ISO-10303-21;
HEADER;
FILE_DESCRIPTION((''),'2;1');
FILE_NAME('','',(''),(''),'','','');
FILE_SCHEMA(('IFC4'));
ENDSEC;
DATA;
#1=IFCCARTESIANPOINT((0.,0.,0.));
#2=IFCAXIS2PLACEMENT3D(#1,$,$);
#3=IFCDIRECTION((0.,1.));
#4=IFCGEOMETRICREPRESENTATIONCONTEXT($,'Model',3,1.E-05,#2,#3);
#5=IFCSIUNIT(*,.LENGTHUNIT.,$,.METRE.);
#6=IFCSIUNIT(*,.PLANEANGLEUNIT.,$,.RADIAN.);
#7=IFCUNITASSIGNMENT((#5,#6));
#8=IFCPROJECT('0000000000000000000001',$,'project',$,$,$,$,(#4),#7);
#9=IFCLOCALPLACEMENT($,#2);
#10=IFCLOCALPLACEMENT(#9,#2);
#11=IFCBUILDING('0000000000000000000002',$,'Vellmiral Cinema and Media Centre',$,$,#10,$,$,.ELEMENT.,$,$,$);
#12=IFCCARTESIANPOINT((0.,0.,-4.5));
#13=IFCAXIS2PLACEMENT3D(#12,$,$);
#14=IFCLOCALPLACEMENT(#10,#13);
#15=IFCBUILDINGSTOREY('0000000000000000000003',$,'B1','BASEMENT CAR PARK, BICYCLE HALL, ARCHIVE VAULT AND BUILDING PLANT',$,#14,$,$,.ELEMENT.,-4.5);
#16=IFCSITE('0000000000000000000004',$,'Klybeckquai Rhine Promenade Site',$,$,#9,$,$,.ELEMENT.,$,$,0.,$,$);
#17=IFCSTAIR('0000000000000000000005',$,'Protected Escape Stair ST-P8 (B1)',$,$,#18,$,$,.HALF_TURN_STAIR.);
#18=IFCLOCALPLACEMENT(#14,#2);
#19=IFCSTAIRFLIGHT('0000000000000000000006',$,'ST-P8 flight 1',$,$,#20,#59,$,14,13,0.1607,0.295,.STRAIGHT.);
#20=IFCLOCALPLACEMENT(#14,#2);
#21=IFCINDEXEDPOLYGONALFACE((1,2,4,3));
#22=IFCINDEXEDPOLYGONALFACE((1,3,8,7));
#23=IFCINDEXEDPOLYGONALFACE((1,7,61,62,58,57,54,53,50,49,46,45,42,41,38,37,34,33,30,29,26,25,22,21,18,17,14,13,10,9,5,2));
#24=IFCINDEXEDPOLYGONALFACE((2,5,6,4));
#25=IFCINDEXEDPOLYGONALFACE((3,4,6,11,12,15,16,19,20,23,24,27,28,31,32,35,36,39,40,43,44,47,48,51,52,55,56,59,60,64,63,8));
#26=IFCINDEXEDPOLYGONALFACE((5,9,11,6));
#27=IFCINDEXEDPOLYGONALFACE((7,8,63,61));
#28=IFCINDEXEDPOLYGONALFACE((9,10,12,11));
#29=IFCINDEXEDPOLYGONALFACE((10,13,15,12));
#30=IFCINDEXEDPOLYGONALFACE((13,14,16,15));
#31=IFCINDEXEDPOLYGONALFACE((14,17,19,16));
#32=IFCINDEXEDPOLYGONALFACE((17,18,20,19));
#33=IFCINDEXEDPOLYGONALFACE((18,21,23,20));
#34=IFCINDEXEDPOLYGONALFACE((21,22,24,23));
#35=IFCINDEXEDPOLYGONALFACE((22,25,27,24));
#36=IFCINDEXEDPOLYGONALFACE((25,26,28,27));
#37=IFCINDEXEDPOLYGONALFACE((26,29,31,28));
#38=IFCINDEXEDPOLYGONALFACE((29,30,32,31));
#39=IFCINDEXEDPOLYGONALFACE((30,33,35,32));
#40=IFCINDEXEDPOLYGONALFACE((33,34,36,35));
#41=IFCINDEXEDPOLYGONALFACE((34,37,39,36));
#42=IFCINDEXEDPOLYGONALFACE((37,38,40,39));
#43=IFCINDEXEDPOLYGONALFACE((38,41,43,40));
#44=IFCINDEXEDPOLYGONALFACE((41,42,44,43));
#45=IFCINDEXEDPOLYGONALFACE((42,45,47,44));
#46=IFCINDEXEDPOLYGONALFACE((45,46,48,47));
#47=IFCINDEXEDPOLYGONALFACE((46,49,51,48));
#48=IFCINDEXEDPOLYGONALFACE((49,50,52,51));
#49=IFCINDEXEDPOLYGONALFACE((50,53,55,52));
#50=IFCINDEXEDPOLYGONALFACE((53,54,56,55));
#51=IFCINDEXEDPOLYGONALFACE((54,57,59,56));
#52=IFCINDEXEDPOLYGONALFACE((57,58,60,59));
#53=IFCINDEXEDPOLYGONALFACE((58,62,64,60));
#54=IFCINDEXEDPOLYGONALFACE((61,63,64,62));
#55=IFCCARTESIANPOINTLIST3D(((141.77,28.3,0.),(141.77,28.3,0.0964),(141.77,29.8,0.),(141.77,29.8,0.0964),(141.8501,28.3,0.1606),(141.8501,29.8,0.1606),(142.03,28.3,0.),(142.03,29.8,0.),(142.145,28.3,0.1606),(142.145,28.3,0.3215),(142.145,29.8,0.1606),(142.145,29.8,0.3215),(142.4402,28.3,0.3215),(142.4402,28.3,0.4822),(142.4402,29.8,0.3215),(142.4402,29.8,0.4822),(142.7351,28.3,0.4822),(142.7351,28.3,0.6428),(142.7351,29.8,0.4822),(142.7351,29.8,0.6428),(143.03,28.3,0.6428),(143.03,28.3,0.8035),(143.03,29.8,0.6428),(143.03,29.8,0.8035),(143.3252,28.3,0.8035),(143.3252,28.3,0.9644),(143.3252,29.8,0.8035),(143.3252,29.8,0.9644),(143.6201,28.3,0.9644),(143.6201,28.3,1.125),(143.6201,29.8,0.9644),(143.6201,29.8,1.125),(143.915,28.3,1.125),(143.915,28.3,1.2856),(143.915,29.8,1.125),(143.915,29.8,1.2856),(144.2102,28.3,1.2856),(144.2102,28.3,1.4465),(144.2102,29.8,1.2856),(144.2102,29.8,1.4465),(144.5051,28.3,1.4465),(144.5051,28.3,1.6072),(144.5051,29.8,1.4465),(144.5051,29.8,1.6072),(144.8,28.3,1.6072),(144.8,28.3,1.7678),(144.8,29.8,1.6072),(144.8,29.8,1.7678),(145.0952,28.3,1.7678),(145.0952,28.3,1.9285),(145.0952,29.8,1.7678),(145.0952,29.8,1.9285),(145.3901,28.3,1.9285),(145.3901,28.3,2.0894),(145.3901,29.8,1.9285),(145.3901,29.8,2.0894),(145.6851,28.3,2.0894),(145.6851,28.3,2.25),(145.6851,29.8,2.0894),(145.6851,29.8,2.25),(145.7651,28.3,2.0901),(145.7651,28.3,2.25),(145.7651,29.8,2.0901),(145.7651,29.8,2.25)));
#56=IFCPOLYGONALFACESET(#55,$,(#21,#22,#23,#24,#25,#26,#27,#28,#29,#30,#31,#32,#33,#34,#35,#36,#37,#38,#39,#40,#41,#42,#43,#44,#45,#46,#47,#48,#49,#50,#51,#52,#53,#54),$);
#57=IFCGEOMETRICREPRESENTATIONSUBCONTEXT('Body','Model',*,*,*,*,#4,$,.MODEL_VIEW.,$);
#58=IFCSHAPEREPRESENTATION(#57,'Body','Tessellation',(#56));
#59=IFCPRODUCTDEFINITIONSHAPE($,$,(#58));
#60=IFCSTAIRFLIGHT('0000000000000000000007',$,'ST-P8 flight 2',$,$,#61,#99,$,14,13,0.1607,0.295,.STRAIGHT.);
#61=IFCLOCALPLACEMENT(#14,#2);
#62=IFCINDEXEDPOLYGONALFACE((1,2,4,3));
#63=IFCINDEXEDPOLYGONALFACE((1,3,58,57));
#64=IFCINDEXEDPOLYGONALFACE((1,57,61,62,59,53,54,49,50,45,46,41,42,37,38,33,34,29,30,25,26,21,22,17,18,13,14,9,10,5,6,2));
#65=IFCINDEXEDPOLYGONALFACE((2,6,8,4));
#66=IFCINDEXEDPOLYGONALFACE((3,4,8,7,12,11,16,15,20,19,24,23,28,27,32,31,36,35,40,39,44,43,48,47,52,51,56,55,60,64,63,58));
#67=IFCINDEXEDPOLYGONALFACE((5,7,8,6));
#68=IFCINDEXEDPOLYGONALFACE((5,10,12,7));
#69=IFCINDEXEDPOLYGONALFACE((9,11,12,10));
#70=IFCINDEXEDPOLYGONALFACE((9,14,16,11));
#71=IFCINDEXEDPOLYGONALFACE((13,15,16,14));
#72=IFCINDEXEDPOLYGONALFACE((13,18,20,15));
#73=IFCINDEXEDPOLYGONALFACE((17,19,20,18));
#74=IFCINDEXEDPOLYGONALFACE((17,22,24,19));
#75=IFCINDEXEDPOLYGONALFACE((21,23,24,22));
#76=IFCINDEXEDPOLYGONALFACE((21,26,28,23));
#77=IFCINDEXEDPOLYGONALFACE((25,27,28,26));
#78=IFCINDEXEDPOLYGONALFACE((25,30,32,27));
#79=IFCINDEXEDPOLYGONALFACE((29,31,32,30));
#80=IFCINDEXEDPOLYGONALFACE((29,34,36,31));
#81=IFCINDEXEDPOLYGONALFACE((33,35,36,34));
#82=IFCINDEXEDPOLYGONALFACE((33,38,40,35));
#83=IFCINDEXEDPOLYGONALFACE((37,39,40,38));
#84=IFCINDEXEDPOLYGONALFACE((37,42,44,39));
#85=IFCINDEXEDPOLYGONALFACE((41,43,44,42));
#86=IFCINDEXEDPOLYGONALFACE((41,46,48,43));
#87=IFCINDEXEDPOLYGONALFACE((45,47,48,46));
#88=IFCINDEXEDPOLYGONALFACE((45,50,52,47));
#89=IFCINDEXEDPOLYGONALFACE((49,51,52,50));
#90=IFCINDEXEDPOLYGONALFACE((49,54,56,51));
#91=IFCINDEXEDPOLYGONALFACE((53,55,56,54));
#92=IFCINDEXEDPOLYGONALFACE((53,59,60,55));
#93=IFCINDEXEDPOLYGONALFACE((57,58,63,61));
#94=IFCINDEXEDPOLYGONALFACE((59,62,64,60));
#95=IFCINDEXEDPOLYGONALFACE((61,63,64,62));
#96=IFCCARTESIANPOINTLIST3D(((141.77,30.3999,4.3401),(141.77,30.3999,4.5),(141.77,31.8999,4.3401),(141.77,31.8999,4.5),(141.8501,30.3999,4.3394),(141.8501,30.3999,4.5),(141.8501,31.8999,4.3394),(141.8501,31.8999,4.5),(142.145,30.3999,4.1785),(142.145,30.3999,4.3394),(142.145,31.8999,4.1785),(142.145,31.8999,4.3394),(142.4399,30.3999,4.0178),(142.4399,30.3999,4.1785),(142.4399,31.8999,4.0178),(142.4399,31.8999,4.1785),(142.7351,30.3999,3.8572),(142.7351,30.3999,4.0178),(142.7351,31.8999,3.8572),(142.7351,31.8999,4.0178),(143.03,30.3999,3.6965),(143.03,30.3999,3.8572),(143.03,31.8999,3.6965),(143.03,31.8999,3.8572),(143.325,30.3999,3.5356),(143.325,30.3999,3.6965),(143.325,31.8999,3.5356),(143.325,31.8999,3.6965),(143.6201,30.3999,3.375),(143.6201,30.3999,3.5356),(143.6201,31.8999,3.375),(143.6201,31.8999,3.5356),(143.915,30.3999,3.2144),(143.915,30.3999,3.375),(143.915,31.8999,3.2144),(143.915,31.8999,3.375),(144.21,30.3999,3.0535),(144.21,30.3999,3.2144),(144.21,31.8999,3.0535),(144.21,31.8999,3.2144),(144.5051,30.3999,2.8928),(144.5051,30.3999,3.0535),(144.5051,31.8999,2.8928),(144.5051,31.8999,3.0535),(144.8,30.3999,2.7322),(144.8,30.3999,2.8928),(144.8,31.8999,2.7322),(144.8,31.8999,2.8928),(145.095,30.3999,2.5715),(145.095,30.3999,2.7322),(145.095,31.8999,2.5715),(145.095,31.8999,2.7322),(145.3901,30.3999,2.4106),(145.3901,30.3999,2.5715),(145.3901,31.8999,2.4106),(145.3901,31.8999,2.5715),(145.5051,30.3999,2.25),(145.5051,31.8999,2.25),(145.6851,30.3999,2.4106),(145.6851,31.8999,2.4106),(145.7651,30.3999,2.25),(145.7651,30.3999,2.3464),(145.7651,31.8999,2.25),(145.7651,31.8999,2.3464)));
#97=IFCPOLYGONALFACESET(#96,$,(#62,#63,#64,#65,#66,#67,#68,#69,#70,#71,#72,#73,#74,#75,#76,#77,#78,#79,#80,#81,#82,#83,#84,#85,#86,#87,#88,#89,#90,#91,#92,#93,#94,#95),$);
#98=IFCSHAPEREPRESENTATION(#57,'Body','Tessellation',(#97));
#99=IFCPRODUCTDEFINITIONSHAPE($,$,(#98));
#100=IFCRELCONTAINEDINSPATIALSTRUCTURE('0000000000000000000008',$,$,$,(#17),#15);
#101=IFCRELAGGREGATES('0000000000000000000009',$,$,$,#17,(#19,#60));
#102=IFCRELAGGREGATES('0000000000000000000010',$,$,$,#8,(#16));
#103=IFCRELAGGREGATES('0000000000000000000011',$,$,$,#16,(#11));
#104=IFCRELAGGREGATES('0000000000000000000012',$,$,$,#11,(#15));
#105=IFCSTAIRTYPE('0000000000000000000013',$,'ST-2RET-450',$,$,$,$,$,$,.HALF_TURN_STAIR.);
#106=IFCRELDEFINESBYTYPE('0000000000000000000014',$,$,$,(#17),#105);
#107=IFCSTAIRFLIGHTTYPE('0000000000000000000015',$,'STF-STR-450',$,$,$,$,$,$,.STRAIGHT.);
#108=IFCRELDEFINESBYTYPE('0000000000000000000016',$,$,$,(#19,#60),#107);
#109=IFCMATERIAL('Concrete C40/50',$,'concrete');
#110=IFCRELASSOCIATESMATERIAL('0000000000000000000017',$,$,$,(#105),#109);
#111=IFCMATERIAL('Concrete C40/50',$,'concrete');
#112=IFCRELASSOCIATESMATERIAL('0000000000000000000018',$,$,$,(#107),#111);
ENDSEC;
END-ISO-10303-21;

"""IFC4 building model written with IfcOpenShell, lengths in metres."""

from ifc_helpers import new_model, si_unit, direction, frame, origin, place, context, subcontext, project, spatial, polyline, outline, extrude, material, type_object, element, aggregate, save


model = new_model("IFC4")

# Units and contexts
model_context = context("Model", 3, precision=1e-05, world=origin(), true_north=direction((0.0, 1.0)))
body_context = subcontext(model_context, "Body", "Model", "MODEL_VIEW")
ifc_project = project(units=[si_unit("LENGTHUNIT", "METRE"), si_unit("PLANEANGLEUNIT", "RADIAN")], contexts=[model_context])

# Site, building, storey
site_placement = place(None, origin())
site = spatial("IfcSite", under=ifc_project, at=site_placement, Name="Klybeckquai Rhine Promenade Site", CompositionType="ELEMENT", RefElevation=0.0)
building_placement = place(site_placement, origin())
building = spatial("IfcBuilding", under=site, at=building_placement, Name="Vellmiral Cinema and Media Centre", CompositionType="ELEMENT")
storey_placement = place(building_placement, frame((0.0, 0.0, -4.5)))
storey = spatial("IfcBuildingStorey", under=building, at=storey_placement, Name="B1", Description="BASEMENT CAR PARK, BICYCLE HALL, ARCHIVE VAULT AND BUILDING PLANT", CompositionType="ELEMENT", Elevation=-4.5)

# Stair, stair flights
ifc_material_1 = material(Name="Concrete C40/50", Category="concrete")
stair_type = type_object("IfcStairType", Name="ST-2RET-450", PredefinedType="HALF_TURN_STAIR", material=ifc_material_1)
stair_placement = place(storey_placement, origin())
stair = element("IfcStair", 1, at=stair_placement, inside=storey, type_object=stair_type, Name="Protected Escape Stair ST-P8 (B1)", PredefinedType="HALF_TURN_STAIR")
ifc_material_2 = material(Name="Concrete C40/50", Category="concrete")
stair_flight_type = type_object("IfcStairFlightType", Name="STF-STR-450", PredefinedType="STRAIGHT", material=ifc_material_2)
stair_flight_1_placement = place(storey_placement, frame((141.8501, 29.05, 0.0), z_axis=(0.0, 0.0, 1.0), x_axis=(1.0, 0.0, 0.0)))
stair_flight_1 = element("IfcStairFlight", 2, at=stair_flight_1_placement, type_object=stair_flight_type, Name="ST-P8 flight 1", NumberOfRisers=14, NumberOfTreads=13, PredefinedType="STRAIGHT", RiserHeight=0.1607, TreadLength=0.295, context=body_context, shape_type="SweptSolid", body=[
    extrude(outline(polyline([(-0.0801, 0.0), (-0.0801, 0.0964), (0.0, 0.1606), (0.2949, 0.1606), (0.2949, 0.3215), (0.5901, 0.3215), (0.5901, 0.4822), (0.885, 0.4822), (0.885, 0.6428), (1.1799, 0.6428), (1.1799, 0.8035), (1.4751, 0.8035), (1.4751, 0.9644), (1.77, 0.9644), (1.77, 1.125), (2.0649, 1.125), (2.0649, 1.2856), (2.3601, 1.2856), (2.3601, 1.4465), (2.655, 1.4465), (2.655, 1.6072), (2.95, 1.6072), (2.95, 1.7678), (3.2451, 1.7678), (3.2451, 1.9285), (3.54, 1.9285), (3.54, 2.0894), (3.835, 2.0894), (3.835, 2.25), (3.915, 2.25), (3.915, 2.0901), (0.1799, 0.0), (-0.0801, 0.0)])), frame((0.0, 0.75, 0.0), z_axis=(0.0, -1.0, 0.0), x_axis=(1.0, 0.0, 0.0)), (0.0, 0.0, 1.0), 1.5),
])
stair_flight_2_placement = place(storey_placement, frame((145.6851, 31.1499, 2.25), z_axis=(0.0, 0.0, 1.0), x_axis=(-1.0, 0.0, 0.0)))
stair_flight_2 = element("IfcStairFlight", 3, at=stair_flight_2_placement, type_object=stair_flight_type, Name="ST-P8 flight 2", NumberOfRisers=14, NumberOfTreads=13, PredefinedType="STRAIGHT", RiserHeight=0.1607, TreadLength=0.295, context=body_context, shape_type="SweptSolid", body=[
    extrude(outline(polyline([(-0.0801, 0.0), (-0.0801, 0.0964), (0.0, 0.1606), (0.2949, 0.1606), (0.2949, 0.3215), (0.5901, 0.3215), (0.5901, 0.4822), (0.885, 0.4822), (0.885, 0.6428), (1.1799, 0.6428), (1.1799, 0.8035), (1.4751, 0.8035), (1.4751, 0.9644), (1.77, 0.9644), (1.77, 1.125), (2.0649, 1.125), (2.0649, 1.2856), (2.3601, 1.2856), (2.3601, 1.4465), (2.655, 1.4465), (2.655, 1.6072), (2.95, 1.6072), (2.95, 1.7678), (3.2451, 1.7678), (3.2451, 1.9285), (3.54, 1.9285), (3.54, 2.0894), (3.835, 2.0894), (3.835, 2.25), (3.915, 2.25), (3.915, 2.0901), (0.1799, 0.0), (-0.0801, 0.0)])), frame((0.0, 0.75, 0.0), z_axis=(0.0, -1.0, 0.0), x_axis=(1.0, 0.0, 0.0)), (0.0, 0.0, 1.0), 1.5),
])
aggregate(stair, [stair_flight_1, stair_flight_2])

save(model, "model.ifc")
